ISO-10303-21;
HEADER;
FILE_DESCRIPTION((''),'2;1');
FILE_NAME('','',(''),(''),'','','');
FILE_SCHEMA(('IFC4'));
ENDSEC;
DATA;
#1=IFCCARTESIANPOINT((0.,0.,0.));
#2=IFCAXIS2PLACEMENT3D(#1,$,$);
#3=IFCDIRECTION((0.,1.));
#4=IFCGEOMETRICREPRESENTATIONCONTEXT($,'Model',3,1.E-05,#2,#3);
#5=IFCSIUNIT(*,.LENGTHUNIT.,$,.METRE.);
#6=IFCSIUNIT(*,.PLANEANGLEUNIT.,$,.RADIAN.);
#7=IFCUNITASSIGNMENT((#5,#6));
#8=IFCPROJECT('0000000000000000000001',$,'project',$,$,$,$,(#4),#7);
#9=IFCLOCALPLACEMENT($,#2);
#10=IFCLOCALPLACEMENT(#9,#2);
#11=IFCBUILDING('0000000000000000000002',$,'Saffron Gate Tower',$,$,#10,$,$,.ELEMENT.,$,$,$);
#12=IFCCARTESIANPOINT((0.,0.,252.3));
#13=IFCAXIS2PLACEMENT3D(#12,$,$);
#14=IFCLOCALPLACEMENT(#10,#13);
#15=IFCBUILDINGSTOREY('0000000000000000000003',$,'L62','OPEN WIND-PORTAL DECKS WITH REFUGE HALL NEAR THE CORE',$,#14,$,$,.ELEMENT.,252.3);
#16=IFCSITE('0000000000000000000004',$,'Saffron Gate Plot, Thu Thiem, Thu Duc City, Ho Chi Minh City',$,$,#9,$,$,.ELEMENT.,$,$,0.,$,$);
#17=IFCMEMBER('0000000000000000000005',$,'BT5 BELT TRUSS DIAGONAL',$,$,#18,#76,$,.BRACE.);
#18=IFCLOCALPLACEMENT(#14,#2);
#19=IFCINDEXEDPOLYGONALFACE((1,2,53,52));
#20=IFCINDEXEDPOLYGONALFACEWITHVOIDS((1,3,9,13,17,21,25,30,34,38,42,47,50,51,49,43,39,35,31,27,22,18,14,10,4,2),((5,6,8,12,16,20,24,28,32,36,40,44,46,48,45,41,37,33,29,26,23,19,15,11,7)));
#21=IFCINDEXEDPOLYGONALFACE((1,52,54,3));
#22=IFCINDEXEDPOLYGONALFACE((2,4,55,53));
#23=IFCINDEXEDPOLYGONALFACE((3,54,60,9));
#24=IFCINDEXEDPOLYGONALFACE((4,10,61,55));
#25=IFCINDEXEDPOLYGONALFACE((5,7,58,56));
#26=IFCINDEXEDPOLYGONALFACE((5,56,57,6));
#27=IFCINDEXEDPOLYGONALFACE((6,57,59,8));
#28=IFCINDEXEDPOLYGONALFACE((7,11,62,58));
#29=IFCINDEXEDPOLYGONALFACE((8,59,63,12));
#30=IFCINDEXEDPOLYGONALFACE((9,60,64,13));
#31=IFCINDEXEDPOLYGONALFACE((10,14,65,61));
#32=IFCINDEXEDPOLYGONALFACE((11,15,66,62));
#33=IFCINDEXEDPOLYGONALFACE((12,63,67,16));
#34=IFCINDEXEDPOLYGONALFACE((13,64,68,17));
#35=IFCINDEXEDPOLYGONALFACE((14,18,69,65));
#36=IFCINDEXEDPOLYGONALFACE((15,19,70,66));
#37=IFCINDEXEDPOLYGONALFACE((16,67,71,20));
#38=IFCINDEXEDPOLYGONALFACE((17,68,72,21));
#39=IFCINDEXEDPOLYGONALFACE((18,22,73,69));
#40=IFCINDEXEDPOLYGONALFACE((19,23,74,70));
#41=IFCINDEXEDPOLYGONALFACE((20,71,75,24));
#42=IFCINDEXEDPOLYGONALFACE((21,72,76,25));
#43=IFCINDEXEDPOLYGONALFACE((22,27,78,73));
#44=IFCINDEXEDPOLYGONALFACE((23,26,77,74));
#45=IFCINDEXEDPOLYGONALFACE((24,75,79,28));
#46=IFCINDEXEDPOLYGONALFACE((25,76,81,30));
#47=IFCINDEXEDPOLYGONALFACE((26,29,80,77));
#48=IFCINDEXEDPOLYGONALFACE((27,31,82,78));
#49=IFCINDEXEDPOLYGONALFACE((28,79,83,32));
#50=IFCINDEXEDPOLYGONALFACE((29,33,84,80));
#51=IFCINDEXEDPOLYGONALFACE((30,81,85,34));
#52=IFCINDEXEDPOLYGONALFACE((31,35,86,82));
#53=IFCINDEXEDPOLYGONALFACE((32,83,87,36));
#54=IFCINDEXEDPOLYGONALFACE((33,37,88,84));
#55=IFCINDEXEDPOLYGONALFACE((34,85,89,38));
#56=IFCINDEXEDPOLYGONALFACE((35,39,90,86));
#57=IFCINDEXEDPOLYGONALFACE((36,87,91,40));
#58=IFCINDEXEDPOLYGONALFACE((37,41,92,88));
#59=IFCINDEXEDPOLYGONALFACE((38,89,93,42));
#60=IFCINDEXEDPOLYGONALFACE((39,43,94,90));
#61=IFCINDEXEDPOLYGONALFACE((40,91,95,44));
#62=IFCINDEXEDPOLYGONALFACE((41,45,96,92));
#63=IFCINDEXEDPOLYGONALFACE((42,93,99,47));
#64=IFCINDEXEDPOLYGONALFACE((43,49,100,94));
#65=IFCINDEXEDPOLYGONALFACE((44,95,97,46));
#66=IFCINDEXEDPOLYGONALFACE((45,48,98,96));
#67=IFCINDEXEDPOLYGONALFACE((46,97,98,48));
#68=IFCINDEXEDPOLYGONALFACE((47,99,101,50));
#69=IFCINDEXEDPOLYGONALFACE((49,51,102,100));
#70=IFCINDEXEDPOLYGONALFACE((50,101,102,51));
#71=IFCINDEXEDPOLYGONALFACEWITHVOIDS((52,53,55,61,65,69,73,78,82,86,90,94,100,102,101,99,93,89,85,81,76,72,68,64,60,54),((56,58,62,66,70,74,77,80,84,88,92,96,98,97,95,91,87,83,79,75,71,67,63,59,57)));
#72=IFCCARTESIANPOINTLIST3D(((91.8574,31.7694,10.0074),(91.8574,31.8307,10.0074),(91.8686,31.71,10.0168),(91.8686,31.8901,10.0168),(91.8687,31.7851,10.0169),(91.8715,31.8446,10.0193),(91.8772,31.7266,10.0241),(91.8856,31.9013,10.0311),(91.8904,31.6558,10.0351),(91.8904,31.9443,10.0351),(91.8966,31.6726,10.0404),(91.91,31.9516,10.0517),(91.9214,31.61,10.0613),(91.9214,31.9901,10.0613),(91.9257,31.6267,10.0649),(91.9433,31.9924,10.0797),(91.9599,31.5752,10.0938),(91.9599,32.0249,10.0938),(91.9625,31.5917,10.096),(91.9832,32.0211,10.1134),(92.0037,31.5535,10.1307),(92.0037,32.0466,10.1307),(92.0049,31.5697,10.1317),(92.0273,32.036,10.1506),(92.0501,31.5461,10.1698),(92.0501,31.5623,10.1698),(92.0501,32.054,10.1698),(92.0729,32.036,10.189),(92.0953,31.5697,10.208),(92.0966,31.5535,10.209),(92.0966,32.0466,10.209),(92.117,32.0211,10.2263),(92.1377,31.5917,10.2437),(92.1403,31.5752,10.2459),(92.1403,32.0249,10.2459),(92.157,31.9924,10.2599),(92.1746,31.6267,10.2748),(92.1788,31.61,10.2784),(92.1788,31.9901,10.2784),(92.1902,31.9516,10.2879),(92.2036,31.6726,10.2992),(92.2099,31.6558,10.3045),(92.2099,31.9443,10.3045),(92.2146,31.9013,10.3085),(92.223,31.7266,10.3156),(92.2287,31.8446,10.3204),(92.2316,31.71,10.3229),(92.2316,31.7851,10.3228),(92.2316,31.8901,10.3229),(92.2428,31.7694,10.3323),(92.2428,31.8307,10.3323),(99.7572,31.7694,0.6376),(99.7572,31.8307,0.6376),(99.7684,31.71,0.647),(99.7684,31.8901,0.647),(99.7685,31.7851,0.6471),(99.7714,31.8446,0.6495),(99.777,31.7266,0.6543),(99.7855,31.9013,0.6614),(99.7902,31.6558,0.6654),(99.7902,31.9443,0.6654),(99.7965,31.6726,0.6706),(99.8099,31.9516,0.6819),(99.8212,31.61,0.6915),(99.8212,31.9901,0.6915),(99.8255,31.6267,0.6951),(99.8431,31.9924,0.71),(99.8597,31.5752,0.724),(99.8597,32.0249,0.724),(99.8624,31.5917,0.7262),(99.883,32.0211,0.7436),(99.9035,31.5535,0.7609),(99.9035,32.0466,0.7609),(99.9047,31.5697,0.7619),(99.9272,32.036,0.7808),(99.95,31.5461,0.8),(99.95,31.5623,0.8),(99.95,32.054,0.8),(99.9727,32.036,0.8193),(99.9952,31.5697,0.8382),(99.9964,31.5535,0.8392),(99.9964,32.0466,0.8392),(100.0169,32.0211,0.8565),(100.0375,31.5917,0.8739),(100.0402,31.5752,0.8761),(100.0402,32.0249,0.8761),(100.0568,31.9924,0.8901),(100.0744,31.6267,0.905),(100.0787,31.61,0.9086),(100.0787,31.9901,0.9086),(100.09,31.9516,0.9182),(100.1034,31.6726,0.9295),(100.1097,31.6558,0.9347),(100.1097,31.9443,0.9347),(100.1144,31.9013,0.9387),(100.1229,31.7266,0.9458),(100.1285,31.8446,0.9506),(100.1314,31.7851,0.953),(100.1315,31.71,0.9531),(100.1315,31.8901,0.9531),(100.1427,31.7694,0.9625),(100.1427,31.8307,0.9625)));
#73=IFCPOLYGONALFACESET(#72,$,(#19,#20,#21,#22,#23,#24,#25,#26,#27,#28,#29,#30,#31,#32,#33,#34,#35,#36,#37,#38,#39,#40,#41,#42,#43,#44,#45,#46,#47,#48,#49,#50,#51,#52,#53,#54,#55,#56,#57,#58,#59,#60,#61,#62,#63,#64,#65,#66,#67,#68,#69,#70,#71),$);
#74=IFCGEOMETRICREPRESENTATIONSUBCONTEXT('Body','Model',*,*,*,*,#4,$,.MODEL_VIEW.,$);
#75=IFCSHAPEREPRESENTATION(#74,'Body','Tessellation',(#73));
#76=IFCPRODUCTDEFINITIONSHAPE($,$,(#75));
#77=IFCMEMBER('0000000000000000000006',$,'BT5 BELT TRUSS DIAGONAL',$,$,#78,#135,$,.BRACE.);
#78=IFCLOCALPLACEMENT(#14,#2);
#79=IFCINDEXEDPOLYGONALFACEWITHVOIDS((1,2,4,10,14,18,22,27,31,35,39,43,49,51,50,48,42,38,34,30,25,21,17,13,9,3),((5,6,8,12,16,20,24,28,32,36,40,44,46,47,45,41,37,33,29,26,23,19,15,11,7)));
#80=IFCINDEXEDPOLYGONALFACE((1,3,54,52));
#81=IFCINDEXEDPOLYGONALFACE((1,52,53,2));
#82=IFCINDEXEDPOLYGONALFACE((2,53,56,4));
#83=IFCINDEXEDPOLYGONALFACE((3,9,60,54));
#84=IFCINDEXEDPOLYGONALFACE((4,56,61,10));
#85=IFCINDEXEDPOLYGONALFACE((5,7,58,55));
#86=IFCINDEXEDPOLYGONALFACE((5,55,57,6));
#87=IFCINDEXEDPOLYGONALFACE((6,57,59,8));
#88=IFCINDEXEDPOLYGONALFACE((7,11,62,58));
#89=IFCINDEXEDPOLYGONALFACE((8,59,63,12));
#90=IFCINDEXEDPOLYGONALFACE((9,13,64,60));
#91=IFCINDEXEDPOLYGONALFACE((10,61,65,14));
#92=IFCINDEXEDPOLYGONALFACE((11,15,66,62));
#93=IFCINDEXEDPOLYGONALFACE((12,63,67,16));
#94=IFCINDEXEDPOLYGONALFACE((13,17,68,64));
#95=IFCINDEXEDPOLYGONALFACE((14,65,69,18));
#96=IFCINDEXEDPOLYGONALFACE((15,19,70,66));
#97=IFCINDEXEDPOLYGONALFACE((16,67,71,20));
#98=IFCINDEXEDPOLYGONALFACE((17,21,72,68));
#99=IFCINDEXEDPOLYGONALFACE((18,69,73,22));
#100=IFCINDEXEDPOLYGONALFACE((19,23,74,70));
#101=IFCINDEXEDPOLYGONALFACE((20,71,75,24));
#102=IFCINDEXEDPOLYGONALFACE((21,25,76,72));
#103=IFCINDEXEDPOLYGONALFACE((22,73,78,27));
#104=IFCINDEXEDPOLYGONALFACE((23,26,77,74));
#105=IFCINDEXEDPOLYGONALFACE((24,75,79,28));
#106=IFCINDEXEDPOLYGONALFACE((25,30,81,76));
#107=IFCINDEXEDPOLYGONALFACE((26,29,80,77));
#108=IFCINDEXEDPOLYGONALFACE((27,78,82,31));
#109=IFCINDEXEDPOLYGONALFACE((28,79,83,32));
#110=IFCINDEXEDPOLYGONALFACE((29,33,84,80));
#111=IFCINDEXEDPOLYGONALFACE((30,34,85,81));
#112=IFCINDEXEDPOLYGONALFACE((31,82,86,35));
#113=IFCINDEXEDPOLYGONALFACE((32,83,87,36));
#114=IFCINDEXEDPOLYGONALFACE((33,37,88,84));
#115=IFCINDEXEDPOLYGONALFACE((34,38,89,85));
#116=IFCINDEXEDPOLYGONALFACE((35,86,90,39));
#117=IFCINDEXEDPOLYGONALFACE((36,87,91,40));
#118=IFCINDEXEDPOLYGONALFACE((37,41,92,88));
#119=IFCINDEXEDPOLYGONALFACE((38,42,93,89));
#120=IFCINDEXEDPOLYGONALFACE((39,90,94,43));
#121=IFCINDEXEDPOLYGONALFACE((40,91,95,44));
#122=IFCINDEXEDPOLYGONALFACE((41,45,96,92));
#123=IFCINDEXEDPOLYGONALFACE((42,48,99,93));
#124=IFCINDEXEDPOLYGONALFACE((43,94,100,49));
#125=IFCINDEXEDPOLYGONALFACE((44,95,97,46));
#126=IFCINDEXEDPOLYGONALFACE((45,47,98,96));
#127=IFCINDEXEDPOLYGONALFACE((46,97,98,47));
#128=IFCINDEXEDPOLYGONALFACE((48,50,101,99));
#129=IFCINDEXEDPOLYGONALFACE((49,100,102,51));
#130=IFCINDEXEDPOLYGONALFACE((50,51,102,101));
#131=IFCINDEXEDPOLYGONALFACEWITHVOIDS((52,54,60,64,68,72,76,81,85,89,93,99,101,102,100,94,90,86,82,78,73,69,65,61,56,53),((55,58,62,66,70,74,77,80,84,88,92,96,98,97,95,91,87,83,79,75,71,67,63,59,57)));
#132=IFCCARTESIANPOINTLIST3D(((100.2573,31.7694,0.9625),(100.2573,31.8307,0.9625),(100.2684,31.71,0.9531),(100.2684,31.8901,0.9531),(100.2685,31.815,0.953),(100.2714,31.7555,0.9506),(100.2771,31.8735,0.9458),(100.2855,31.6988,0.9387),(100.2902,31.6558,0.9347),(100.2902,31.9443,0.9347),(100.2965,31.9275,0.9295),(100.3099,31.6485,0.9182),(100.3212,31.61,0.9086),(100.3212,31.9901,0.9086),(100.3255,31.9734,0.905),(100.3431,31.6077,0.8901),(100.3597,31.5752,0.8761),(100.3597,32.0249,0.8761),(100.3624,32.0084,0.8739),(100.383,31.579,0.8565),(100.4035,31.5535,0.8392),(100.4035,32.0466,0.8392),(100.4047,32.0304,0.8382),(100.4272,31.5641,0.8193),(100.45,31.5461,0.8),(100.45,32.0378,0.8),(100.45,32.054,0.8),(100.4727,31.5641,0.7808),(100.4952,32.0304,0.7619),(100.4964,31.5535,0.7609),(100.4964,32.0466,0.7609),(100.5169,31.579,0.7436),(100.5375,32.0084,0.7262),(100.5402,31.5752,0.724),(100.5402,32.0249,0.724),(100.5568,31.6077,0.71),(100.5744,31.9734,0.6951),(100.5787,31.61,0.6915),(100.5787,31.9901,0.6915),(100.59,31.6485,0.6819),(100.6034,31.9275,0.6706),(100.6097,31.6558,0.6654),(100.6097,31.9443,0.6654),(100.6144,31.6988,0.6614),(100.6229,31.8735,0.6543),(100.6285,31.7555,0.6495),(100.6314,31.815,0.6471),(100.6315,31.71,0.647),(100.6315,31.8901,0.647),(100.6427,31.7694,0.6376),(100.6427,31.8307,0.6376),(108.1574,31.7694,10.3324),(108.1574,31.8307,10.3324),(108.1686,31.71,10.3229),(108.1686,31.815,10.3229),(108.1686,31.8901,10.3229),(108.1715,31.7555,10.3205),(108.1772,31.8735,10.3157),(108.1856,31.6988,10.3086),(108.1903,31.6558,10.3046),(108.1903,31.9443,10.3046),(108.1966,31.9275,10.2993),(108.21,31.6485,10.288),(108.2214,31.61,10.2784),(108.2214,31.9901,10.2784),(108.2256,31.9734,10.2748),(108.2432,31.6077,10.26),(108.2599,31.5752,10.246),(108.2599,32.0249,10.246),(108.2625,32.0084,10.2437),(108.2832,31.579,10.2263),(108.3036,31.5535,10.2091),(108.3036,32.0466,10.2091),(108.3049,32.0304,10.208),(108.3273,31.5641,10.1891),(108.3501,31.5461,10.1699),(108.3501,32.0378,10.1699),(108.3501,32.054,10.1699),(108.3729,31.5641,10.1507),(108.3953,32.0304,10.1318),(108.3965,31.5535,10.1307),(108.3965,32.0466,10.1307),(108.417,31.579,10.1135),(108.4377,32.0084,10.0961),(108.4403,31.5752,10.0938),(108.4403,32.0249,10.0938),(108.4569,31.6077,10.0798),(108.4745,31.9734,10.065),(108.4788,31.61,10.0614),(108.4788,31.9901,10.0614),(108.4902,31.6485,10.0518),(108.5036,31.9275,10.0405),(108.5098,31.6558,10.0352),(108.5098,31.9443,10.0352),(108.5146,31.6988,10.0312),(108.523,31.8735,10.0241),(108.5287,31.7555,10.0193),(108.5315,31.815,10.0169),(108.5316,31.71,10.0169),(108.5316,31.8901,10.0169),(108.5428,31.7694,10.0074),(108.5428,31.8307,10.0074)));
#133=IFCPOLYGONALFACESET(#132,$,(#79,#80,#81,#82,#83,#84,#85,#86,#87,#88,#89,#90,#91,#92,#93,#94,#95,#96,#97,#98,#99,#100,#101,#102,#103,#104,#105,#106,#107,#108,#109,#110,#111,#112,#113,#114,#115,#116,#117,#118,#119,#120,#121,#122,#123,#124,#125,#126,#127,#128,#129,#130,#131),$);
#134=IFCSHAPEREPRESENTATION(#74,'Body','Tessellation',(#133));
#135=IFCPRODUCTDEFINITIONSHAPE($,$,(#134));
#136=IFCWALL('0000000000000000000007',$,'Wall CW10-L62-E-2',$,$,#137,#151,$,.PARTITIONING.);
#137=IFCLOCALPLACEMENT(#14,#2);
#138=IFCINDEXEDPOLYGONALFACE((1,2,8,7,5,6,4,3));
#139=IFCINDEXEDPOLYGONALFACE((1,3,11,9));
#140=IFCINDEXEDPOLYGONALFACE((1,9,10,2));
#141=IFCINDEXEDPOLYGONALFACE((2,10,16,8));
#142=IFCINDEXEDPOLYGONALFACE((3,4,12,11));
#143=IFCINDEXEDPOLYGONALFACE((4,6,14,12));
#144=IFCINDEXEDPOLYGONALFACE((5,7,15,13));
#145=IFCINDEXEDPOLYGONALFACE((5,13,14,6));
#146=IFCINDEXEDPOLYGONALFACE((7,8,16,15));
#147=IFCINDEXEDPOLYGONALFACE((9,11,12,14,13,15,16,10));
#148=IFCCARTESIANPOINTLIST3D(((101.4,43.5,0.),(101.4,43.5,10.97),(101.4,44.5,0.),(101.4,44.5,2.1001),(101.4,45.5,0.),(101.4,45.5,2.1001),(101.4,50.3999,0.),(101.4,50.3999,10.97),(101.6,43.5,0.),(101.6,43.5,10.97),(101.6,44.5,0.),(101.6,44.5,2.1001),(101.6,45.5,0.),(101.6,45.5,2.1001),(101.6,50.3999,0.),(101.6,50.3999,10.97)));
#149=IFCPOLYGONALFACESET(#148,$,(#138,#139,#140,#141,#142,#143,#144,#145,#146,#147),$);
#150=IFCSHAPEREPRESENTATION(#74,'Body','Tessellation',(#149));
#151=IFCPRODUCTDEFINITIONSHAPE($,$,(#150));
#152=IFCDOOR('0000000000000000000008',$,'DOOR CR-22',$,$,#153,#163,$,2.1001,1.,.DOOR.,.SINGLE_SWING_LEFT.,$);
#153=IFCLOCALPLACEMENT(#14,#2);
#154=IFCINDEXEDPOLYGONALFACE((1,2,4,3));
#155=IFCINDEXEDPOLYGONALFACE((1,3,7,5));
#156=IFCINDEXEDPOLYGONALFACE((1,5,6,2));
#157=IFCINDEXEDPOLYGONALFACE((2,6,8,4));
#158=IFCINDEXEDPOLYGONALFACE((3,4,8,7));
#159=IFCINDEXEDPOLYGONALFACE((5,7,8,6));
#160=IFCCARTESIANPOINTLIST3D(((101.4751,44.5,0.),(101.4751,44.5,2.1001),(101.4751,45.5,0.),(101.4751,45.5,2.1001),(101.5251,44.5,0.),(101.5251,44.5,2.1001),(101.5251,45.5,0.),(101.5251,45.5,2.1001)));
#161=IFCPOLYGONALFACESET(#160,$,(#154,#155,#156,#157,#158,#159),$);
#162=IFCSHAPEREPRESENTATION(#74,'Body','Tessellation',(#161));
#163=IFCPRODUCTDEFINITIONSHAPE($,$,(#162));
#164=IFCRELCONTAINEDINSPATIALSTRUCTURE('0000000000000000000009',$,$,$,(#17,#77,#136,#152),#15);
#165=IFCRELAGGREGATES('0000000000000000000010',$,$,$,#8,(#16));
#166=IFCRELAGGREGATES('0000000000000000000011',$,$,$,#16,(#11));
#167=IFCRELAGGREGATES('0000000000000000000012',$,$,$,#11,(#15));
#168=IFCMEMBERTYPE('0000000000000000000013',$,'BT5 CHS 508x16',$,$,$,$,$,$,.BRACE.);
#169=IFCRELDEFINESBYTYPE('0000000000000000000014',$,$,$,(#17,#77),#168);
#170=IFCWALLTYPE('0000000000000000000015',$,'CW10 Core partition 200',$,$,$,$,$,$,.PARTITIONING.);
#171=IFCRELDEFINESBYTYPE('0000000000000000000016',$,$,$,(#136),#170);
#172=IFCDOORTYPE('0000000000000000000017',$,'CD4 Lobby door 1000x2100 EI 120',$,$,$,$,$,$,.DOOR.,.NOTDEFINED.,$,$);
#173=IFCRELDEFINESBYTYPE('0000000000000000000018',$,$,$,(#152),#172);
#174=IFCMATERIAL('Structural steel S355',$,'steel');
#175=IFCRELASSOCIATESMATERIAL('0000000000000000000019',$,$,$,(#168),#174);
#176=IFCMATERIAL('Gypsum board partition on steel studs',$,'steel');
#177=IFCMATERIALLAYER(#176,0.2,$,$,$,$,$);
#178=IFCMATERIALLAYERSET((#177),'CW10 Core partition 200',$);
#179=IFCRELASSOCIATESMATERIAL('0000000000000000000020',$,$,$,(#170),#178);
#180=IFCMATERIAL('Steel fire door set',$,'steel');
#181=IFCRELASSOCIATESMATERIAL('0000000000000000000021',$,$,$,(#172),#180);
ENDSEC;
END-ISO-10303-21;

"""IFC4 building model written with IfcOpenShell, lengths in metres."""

from ifc_helpers import new_model, si_unit, direction, frame, frame_2d, origin, origin_2d, place, context, subcontext, project, spatial, rectangle, hollow_circle, extrude, material, layer, layer_set, material_profile, profile_set, type_object, element, fill, save


model = new_model("IFC4")

# Units and contexts
model_context = context("Model", 3, precision=1e-05, world=origin(), true_north=direction((0.0, 1.0)))
body_context = subcontext(model_context, "Body", "Model", "MODEL_VIEW")
ifc_project = project(units=[si_unit("LENGTHUNIT", "METRE"), si_unit("PLANEANGLEUNIT", "RADIAN")], contexts=[model_context])

# Site, building, storey
site_placement = place(None, origin())
site = spatial("IfcSite", under=ifc_project, at=site_placement, Name="Saffron Gate Plot, Thu Thiem, Thu Duc City, Ho Chi Minh City", CompositionType="ELEMENT", RefElevation=0.0)
building_placement = place(site_placement, origin())
building = spatial("IfcBuilding", under=site, at=building_placement, Name="Saffron Gate Tower", CompositionType="ELEMENT")
storey_placement = place(building_placement, frame((0.0, 0.0, 252.3)))
storey = spatial("IfcBuildingStorey", under=building, at=storey_placement, Name="L62", Description="OPEN WIND-PORTAL DECKS WITH REFUGE HALL NEAR THE CORE", CompositionType="ELEMENT", Elevation=252.3)

# Shared definitions
ifc_material_1 = material(Name="Structural steel S355", Category="steel")

# Members
ifc_material_profile_1 = material_profile(ifc_material_1, hollow_circle(Radius=0.2539, WallThickness=0.0161, at=origin_2d()))
ifc_profile_set_1 = profile_set([ifc_material_profile_1], Name="Structural steel S355")
member_type_1 = type_object("IfcMemberType", Name="BT5 CHS 508x16", PredefinedType="BRACE", material=ifc_profile_set_1)
member_1_placement = place(storey_placement, frame((99.95, 31.8, 0.8), z_axis=(-0.644588, 0.0, 0.76453), x_axis=(0.0, -1.0, 0.0)))
element("IfcMember", 1, at=member_1_placement, inside=storey, type_object=member_type_1, Name="BT5 BELT TRUSS DIAGONAL", PredefinedType="BRACE", context=body_context, shape_type="SweptSolid", body=[
    extrude(hollow_circle(Radius=0.2539, WallThickness=0.0161, at=origin_2d()), origin(), (0.0, 0.0, 1.0), 12.2556),
])
member_2_placement = place(storey_placement, frame((100.45, 31.8, 0.8), z_axis=(0.6446, 0.0, 0.76452), x_axis=(0.0, 1.0, 0.0)))
element("IfcMember", 2, at=member_2_placement, inside=storey, type_object=member_type_1, Name="BT5 BELT TRUSS DIAGONAL", PredefinedType="BRACE", context=body_context, shape_type="SweptSolid", body=[
    extrude(hollow_circle(Radius=0.2539, WallThickness=0.0161, at=origin_2d()), origin(), (0.0, 0.0, 1.0), 12.2559),
])

# Wall, opening, door
ifc_material_2 = material(Name="Gypsum board partition on steel studs", Category="steel")
ifc_layer_1 = layer(ifc_material_2, 0.2)
ifc_layer_set_1 = layer_set([ifc_layer_1], Name="CW10 Core partition 200")
wall_type_1 = type_object("IfcWallType", Name="CW10 Core partition 200", PredefinedType="PARTITIONING", material=ifc_layer_set_1)
wall_1_placement = place(storey_placement, frame((101.5, 43.5, 0.0), z_axis=(0.0, 0.0, 1.0), x_axis=(0.0, 1.0, 0.0)))
wall_1 = element("IfcWall", 3, at=wall_1_placement, inside=storey, type_object=wall_type_1, Name="Wall CW10-L62-E-2", PredefinedType="PARTITIONING", context=body_context, shape_type="SweptSolid", body=[
    extrude(rectangle(XDim=6.8999, YDim=0.2, at=frame_2d((3.45, 0.0))), origin(), (0.0, 0.0, 1.0), 10.97),
])
opening_1_placement = place(wall_1_placement, frame((1.0, 0.0, 0.0)))
opening_1 = element("IfcOpeningElement", 4, at=opening_1_placement, cuts=wall_1, PredefinedType="OPENING", context=body_context, shape_type="SweptSolid", body=[
    extrude(rectangle(XDim=1.0, YDim=2.1001, at=frame_2d((0.5, 1.05))), frame((0.0, 0.1099, 0.0), z_axis=(0.0, -1.0, 0.0), x_axis=(1.0, 0.0, 0.0)), (0.0, 0.0, 1.0), 0.22),
])
ifc_material_3 = material(Name="Steel fire door set", Category="steel")
door_type_1 = type_object("IfcDoorType", Name="CD4 Lobby door 1000x2100 EI 120", OperationType="NOTDEFINED", PredefinedType="DOOR", material=ifc_material_3)
door_1_placement = place(opening_1_placement, origin())
door_1 = element("IfcDoor", 5, at=door_1_placement, inside=storey, type_object=door_type_1, Name="DOOR CR-22", OperationType="SINGLE_SWING_LEFT", OverallHeight=2.1001, OverallWidth=1.0, PredefinedType="DOOR", context=body_context, shape_type="SweptSolid", body=[
    extrude(rectangle(XDim=1.0, YDim=2.1001, at=frame_2d((0.5, 1.05))), frame((0.0, 0.0249, 0.0), z_axis=(0.0, -1.0, 0.0), x_axis=(1.0, 0.0, 0.0)), (0.0, 0.0, 1.0), 0.05),
])
fill(opening_1, door_1)

save(model, "model.ifc")
